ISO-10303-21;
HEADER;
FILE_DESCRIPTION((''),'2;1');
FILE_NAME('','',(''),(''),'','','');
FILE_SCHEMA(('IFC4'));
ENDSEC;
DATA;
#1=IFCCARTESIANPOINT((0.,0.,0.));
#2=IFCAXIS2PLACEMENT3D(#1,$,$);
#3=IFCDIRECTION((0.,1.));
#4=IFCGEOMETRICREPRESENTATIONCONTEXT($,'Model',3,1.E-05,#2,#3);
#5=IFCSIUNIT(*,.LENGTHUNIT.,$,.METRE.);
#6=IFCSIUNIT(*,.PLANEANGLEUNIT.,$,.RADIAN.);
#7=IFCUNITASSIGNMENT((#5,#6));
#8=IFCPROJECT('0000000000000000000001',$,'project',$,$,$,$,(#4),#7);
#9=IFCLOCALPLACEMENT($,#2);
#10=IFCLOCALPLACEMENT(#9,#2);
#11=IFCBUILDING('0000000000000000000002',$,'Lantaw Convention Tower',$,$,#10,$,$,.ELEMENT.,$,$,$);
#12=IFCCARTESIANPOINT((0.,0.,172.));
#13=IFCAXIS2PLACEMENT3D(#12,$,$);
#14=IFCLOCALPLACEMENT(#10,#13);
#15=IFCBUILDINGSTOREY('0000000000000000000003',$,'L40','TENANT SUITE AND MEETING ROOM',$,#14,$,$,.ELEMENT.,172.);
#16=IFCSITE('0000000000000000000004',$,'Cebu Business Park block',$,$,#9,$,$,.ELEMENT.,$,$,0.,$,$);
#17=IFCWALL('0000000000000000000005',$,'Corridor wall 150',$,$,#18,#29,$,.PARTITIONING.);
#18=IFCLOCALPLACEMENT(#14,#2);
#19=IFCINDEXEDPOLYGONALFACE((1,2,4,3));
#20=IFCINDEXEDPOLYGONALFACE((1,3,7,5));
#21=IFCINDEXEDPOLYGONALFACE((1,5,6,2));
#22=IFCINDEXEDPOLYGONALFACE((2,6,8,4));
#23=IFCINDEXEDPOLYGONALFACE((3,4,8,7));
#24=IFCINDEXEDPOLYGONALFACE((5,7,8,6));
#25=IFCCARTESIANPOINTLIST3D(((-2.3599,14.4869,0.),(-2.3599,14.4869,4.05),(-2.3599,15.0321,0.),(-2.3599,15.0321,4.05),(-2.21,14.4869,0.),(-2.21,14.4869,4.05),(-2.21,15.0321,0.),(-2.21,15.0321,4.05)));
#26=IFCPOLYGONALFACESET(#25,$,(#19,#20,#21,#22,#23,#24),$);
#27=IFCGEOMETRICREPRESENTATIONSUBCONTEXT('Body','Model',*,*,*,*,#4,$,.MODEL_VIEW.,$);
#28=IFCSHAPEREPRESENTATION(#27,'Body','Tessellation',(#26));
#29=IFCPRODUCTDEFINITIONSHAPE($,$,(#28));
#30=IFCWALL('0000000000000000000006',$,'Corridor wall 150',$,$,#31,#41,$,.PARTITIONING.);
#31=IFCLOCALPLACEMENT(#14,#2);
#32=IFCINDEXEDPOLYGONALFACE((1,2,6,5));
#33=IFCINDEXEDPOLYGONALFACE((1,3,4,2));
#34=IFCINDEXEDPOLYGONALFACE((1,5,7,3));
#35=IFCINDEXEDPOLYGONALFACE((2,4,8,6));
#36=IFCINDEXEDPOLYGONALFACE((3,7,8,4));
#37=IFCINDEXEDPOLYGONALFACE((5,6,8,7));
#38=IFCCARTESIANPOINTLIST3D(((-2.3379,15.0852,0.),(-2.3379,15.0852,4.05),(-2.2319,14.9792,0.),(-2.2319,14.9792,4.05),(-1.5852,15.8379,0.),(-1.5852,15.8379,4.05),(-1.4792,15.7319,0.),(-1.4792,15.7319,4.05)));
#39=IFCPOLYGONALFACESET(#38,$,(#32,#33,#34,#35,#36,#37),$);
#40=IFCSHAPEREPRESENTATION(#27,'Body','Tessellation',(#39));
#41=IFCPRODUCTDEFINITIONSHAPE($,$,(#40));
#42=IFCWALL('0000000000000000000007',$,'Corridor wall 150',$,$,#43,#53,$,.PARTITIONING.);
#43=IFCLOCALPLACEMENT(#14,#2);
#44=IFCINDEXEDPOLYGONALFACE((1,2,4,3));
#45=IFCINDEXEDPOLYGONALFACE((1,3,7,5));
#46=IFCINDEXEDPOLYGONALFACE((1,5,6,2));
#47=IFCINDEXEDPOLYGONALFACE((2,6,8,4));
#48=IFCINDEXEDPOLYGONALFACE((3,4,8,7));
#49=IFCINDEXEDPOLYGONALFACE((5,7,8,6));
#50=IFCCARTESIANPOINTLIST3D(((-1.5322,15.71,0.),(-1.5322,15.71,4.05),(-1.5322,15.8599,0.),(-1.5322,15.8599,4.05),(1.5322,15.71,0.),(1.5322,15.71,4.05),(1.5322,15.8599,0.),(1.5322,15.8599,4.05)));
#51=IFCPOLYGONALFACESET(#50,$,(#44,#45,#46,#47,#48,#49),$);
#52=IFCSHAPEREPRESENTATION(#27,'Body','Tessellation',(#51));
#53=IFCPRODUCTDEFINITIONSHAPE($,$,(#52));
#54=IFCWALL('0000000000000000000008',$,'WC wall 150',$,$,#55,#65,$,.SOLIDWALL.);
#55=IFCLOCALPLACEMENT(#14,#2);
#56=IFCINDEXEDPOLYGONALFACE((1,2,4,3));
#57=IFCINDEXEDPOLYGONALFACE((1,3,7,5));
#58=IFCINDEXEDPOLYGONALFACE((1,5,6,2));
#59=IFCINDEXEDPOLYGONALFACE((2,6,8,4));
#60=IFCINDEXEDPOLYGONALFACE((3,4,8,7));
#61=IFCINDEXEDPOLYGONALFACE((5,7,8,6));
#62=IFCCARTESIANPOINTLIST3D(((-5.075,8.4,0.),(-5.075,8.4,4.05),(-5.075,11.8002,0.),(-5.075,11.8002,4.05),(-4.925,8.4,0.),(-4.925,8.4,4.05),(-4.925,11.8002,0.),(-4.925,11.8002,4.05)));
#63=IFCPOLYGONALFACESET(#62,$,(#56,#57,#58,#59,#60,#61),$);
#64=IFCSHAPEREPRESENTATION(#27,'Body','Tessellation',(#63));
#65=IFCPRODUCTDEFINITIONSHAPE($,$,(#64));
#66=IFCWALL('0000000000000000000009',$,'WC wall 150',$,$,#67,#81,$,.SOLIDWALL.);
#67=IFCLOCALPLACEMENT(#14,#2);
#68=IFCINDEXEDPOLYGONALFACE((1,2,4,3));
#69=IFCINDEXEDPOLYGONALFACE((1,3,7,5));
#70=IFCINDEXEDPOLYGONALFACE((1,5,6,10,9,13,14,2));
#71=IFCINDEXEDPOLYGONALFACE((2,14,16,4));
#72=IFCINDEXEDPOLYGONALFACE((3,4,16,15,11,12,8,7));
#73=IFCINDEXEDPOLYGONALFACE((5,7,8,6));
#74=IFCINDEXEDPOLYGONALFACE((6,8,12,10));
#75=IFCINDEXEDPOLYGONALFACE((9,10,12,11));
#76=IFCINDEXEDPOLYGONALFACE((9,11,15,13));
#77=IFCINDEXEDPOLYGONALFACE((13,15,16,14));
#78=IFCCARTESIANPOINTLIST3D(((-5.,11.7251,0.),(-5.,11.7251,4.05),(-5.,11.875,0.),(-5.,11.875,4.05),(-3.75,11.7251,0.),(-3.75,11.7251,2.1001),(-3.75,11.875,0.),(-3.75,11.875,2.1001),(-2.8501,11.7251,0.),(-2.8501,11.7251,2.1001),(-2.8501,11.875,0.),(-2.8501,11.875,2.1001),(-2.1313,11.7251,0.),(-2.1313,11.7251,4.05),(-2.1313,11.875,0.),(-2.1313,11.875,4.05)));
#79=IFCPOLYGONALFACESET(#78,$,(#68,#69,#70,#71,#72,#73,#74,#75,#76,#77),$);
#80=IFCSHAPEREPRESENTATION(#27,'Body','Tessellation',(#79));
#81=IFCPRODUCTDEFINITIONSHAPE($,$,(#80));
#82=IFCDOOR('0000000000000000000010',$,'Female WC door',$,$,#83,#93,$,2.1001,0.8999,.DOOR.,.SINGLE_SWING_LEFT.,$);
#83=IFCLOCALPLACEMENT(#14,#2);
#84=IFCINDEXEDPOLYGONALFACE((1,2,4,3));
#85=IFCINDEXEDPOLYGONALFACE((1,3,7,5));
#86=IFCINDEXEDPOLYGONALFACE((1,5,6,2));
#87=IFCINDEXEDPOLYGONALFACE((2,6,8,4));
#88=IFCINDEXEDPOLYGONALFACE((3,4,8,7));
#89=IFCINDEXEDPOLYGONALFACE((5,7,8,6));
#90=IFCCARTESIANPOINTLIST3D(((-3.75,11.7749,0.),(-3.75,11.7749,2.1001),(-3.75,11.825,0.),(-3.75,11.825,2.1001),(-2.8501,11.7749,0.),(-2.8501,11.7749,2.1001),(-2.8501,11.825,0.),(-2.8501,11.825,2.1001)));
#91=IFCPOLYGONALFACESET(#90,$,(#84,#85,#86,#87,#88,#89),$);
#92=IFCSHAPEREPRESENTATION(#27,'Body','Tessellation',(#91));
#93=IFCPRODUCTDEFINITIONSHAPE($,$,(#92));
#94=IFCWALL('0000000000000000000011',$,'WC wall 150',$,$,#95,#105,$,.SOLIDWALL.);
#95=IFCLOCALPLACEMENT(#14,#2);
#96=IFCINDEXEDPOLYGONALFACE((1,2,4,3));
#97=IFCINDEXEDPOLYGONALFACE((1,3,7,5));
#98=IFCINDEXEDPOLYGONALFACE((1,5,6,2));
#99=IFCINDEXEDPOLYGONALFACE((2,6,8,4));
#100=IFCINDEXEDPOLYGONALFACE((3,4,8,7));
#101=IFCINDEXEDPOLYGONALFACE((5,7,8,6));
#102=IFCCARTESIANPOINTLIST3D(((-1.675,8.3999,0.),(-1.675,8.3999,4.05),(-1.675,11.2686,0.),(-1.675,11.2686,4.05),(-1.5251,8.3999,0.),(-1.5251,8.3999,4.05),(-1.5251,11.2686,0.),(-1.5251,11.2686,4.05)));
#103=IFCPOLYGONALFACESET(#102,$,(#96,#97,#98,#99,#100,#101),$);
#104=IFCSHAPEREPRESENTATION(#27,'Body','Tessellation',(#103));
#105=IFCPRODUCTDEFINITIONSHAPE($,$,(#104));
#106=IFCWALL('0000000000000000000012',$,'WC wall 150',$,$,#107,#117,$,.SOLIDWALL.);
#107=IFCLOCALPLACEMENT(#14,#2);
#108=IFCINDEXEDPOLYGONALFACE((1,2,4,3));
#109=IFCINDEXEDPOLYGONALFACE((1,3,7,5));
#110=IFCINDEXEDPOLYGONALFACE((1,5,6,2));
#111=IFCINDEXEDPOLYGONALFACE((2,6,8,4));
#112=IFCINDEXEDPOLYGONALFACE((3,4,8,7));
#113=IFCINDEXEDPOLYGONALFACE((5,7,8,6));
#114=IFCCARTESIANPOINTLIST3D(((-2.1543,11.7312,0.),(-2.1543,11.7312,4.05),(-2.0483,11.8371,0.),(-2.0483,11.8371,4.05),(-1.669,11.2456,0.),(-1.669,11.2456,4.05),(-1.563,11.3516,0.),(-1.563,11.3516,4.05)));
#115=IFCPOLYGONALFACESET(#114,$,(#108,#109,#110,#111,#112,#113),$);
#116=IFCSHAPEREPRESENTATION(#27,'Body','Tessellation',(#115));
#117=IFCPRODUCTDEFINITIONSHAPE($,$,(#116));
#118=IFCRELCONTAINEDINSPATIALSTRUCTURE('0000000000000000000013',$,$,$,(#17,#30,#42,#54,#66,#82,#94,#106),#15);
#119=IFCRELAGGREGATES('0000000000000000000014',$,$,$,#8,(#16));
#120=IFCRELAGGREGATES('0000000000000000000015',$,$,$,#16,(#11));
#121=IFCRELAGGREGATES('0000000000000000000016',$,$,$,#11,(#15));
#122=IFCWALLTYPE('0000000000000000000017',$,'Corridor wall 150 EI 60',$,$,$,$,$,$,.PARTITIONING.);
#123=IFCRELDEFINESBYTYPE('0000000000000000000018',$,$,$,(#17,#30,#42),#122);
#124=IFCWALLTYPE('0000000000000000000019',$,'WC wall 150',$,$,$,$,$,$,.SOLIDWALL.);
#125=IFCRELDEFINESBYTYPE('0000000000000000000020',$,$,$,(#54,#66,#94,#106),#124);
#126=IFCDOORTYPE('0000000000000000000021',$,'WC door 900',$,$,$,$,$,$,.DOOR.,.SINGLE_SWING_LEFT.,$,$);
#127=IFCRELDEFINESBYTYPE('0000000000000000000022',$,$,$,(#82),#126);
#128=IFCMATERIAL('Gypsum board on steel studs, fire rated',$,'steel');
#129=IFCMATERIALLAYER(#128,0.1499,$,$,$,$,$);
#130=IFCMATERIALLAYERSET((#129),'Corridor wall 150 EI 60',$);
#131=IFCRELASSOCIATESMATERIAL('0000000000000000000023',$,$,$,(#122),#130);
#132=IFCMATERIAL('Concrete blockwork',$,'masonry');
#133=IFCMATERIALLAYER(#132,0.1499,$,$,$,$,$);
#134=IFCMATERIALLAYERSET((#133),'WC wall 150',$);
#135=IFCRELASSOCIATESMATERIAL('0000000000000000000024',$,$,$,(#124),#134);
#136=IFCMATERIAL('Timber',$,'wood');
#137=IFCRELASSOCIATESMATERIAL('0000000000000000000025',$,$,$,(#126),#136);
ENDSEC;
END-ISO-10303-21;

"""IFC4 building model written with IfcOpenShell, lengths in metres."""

from ifc_helpers import new_model, si_unit, direction, frame, frame_2d, origin, place, context, subcontext, project, spatial, rectangle, extrude, material, layer, layer_set, type_object, element, fill, save


model = new_model("IFC4")

# Units and contexts
model_context = context("Model", 3, precision=1e-05, world=origin(), true_north=direction((0.0, 1.0)))
body_context = subcontext(model_context, "Body", "Model", "MODEL_VIEW")
ifc_project = project(units=[si_unit("LENGTHUNIT", "METRE"), si_unit("PLANEANGLEUNIT", "RADIAN")], contexts=[model_context])

# Site, building, storey
site_placement = place(None, origin())
site = spatial("IfcSite", under=ifc_project, at=site_placement, Name="Cebu Business Park block", CompositionType="ELEMENT", RefElevation=0.0)
building_placement = place(site_placement, origin())
building = spatial("IfcBuilding", under=site, at=building_placement, Name="Lantaw Convention Tower", CompositionType="ELEMENT")
storey_placement = place(building_placement, frame((0.0, 0.0, 172.0)))
storey = spatial("IfcBuildingStorey", under=building, at=storey_placement, Name="L40", Description="TENANT SUITE AND MEETING ROOM", CompositionType="ELEMENT", Elevation=172.0)

# Shared definitions
ifc_material_1 = material(Name="Gypsum board on steel studs, fire rated", Category="steel")
ifc_layer_1 = layer(ifc_material_1, 0.1499)
ifc_layer_set_1 = layer_set([ifc_layer_1], Name="Corridor wall 150 EI 60")
wall_type_1 = type_object("IfcWallType", Name="Corridor wall 150 EI 60", PredefinedType="PARTITIONING", material=ifc_layer_set_1)

# Walls
wall_1_placement = place(storey_placement, frame((-2.2849, 14.4871, 0.0), z_axis=(0.0, 0.0, 1.0), x_axis=(0.0, 1.0, 0.0)))
element("IfcWall", 1, at=wall_1_placement, inside=storey, type_object=wall_type_1, Name="Corridor wall 150", PredefinedType="PARTITIONING", context=body_context, shape_type="SweptSolid", body=[
    extrude(rectangle(XDim=0.5452, YDim=0.1499, at=frame_2d((0.2725, 0.0))), origin(), (0.0, 0.0, 1.0), 4.05),
])
wall_2_placement = place(storey_placement, frame((-2.2849, 15.0322, 0.0), z_axis=(0.0, 0.0, 1.0), x_axis=(0.707107, 0.707107, 0.0)))
element("IfcWall", 2, at=wall_2_placement, inside=storey, type_object=wall_type_1, Name="Corridor wall 150", PredefinedType="PARTITIONING", context=body_context, shape_type="SweptSolid", body=[
    extrude(rectangle(XDim=1.0645, YDim=0.1499, at=frame_2d((0.5322, 0.0))), origin(), (0.0, 0.0, 1.0), 4.05),
])
wall_3_placement = place(storey_placement, frame((-1.5322, 15.7849, 0.0), z_axis=(0.0, 0.0, 1.0), x_axis=(1.0, 0.0, 0.0)))
element("IfcWall", 3, at=wall_3_placement, inside=storey, type_object=wall_type_1, Name="Corridor wall 150", PredefinedType="PARTITIONING", context=body_context, shape_type="SweptSolid", body=[
    extrude(rectangle(XDim=3.0645, YDim=0.1499, at=frame_2d((1.5322, 0.0))), origin(), (0.0, 0.0, 1.0), 4.05),
])
ifc_material_2 = material(Name="Concrete blockwork", Category="masonry")
ifc_layer_2 = layer(ifc_material_2, 0.1499)
ifc_layer_set_2 = layer_set([ifc_layer_2], Name="WC wall 150")
wall_type_2 = type_object("IfcWallType", Name="WC wall 150", PredefinedType="SOLIDWALL", material=ifc_layer_set_2)
wall_4_placement = place(storey_placement, frame((-5.0, 8.3999, 0.0), z_axis=(0.0, 0.0, 1.0), x_axis=(0.0, 1.0, 0.0)))
element("IfcWall", 4, at=wall_4_placement, inside=storey, type_object=wall_type_2, Name="WC wall 150", PredefinedType="SOLIDWALL", context=body_context, shape_type="SweptSolid", body=[
    extrude(rectangle(XDim=3.4001, YDim=0.1499, at=frame_2d((1.7002, 0.0))), origin(), (0.0, 0.0, 1.0), 4.05),
])

# Wall, opening, door
wall_5_placement = place(storey_placement, frame((-5.0, 11.8, 0.0), z_axis=(0.0, 0.0, 1.0), x_axis=(1.0, 0.0, 0.0)))
wall_5 = element("IfcWall", 5, at=wall_5_placement, inside=storey, type_object=wall_type_2, Name="WC wall 150", PredefinedType="SOLIDWALL", context=body_context, shape_type="SweptSolid", body=[
    extrude(rectangle(XDim=2.8687, YDim=0.1499, at=frame_2d((1.4343, 0.0))), origin(), (0.0, 0.0, 1.0), 4.05),
])
opening_1_placement = place(wall_5_placement, frame((1.25, 0.0, 0.0)))
opening_1 = element("IfcOpeningElement", 6, at=opening_1_placement, cuts=wall_5, PredefinedType="OPENING", context=body_context, shape_type="SweptSolid", body=[
    extrude(rectangle(XDim=0.8999, YDim=2.1001, at=frame_2d((0.45, 1.05))), frame((0.0, 0.085, 0.0), z_axis=(0.0, -1.0, 0.0), x_axis=(1.0, 0.0, 0.0)), (0.0, 0.0, 1.0), 0.1699),
])
ifc_material_3 = material(Name="Timber", Category="wood")
door_type_1 = type_object("IfcDoorType", Name="WC door 900", OperationType="SINGLE_SWING_LEFT", PredefinedType="DOOR", material=ifc_material_3)
door_1_placement = place(opening_1_placement, origin())
door_1 = element("IfcDoor", 7, at=door_1_placement, inside=storey, type_object=door_type_1, Name="Female WC door", OperationType="SINGLE_SWING_LEFT", OverallHeight=2.1001, OverallWidth=0.8999, PredefinedType="DOOR", context=body_context, shape_type="SweptSolid", body=[
    extrude(rectangle(XDim=0.8999, YDim=2.1001, at=frame_2d((0.45, 1.05))), frame((0.0, 0.0249, 0.0), z_axis=(0.0, -1.0, 0.0), x_axis=(1.0, 0.0, 0.0)), (0.0, 0.0, 1.0), 0.05),
])
fill(opening_1, door_1)

# Walls
wall_6_placement = place(storey_placement, frame((-1.6001, 8.3999, 0.0), z_axis=(0.0, 0.0, 1.0), x_axis=(0.0, 1.0, 0.0)))
element("IfcWall", 8, at=wall_6_placement, inside=storey, type_object=wall_type_2, Name="WC wall 150", PredefinedType="SOLIDWALL", context=body_context, shape_type="SweptSolid", body=[
    extrude(rectangle(XDim=2.8687, YDim=0.1499, at=frame_2d((1.4343, 0.0))), origin(), (0.0, 0.0, 1.0), 4.05),
])
wall_7_placement = place(storey_placement, frame((-1.616, 11.2986, 0.0), z_axis=(0.0, 0.0, 1.0), x_axis=(-0.706929, 0.707285, 0.0)))
element("IfcWall", 9, at=wall_7_placement, inside=storey, type_object=wall_type_2, Name="WC wall 150", PredefinedType="SOLIDWALL", context=body_context, shape_type="SweptSolid", body=[
    extrude(rectangle(XDim=0.6865, YDim=0.1499, at=frame_2d((0.3433, 0.0))), origin(), (0.0, 0.0, 1.0), 4.05),
])

save(model, "model.ifc")
